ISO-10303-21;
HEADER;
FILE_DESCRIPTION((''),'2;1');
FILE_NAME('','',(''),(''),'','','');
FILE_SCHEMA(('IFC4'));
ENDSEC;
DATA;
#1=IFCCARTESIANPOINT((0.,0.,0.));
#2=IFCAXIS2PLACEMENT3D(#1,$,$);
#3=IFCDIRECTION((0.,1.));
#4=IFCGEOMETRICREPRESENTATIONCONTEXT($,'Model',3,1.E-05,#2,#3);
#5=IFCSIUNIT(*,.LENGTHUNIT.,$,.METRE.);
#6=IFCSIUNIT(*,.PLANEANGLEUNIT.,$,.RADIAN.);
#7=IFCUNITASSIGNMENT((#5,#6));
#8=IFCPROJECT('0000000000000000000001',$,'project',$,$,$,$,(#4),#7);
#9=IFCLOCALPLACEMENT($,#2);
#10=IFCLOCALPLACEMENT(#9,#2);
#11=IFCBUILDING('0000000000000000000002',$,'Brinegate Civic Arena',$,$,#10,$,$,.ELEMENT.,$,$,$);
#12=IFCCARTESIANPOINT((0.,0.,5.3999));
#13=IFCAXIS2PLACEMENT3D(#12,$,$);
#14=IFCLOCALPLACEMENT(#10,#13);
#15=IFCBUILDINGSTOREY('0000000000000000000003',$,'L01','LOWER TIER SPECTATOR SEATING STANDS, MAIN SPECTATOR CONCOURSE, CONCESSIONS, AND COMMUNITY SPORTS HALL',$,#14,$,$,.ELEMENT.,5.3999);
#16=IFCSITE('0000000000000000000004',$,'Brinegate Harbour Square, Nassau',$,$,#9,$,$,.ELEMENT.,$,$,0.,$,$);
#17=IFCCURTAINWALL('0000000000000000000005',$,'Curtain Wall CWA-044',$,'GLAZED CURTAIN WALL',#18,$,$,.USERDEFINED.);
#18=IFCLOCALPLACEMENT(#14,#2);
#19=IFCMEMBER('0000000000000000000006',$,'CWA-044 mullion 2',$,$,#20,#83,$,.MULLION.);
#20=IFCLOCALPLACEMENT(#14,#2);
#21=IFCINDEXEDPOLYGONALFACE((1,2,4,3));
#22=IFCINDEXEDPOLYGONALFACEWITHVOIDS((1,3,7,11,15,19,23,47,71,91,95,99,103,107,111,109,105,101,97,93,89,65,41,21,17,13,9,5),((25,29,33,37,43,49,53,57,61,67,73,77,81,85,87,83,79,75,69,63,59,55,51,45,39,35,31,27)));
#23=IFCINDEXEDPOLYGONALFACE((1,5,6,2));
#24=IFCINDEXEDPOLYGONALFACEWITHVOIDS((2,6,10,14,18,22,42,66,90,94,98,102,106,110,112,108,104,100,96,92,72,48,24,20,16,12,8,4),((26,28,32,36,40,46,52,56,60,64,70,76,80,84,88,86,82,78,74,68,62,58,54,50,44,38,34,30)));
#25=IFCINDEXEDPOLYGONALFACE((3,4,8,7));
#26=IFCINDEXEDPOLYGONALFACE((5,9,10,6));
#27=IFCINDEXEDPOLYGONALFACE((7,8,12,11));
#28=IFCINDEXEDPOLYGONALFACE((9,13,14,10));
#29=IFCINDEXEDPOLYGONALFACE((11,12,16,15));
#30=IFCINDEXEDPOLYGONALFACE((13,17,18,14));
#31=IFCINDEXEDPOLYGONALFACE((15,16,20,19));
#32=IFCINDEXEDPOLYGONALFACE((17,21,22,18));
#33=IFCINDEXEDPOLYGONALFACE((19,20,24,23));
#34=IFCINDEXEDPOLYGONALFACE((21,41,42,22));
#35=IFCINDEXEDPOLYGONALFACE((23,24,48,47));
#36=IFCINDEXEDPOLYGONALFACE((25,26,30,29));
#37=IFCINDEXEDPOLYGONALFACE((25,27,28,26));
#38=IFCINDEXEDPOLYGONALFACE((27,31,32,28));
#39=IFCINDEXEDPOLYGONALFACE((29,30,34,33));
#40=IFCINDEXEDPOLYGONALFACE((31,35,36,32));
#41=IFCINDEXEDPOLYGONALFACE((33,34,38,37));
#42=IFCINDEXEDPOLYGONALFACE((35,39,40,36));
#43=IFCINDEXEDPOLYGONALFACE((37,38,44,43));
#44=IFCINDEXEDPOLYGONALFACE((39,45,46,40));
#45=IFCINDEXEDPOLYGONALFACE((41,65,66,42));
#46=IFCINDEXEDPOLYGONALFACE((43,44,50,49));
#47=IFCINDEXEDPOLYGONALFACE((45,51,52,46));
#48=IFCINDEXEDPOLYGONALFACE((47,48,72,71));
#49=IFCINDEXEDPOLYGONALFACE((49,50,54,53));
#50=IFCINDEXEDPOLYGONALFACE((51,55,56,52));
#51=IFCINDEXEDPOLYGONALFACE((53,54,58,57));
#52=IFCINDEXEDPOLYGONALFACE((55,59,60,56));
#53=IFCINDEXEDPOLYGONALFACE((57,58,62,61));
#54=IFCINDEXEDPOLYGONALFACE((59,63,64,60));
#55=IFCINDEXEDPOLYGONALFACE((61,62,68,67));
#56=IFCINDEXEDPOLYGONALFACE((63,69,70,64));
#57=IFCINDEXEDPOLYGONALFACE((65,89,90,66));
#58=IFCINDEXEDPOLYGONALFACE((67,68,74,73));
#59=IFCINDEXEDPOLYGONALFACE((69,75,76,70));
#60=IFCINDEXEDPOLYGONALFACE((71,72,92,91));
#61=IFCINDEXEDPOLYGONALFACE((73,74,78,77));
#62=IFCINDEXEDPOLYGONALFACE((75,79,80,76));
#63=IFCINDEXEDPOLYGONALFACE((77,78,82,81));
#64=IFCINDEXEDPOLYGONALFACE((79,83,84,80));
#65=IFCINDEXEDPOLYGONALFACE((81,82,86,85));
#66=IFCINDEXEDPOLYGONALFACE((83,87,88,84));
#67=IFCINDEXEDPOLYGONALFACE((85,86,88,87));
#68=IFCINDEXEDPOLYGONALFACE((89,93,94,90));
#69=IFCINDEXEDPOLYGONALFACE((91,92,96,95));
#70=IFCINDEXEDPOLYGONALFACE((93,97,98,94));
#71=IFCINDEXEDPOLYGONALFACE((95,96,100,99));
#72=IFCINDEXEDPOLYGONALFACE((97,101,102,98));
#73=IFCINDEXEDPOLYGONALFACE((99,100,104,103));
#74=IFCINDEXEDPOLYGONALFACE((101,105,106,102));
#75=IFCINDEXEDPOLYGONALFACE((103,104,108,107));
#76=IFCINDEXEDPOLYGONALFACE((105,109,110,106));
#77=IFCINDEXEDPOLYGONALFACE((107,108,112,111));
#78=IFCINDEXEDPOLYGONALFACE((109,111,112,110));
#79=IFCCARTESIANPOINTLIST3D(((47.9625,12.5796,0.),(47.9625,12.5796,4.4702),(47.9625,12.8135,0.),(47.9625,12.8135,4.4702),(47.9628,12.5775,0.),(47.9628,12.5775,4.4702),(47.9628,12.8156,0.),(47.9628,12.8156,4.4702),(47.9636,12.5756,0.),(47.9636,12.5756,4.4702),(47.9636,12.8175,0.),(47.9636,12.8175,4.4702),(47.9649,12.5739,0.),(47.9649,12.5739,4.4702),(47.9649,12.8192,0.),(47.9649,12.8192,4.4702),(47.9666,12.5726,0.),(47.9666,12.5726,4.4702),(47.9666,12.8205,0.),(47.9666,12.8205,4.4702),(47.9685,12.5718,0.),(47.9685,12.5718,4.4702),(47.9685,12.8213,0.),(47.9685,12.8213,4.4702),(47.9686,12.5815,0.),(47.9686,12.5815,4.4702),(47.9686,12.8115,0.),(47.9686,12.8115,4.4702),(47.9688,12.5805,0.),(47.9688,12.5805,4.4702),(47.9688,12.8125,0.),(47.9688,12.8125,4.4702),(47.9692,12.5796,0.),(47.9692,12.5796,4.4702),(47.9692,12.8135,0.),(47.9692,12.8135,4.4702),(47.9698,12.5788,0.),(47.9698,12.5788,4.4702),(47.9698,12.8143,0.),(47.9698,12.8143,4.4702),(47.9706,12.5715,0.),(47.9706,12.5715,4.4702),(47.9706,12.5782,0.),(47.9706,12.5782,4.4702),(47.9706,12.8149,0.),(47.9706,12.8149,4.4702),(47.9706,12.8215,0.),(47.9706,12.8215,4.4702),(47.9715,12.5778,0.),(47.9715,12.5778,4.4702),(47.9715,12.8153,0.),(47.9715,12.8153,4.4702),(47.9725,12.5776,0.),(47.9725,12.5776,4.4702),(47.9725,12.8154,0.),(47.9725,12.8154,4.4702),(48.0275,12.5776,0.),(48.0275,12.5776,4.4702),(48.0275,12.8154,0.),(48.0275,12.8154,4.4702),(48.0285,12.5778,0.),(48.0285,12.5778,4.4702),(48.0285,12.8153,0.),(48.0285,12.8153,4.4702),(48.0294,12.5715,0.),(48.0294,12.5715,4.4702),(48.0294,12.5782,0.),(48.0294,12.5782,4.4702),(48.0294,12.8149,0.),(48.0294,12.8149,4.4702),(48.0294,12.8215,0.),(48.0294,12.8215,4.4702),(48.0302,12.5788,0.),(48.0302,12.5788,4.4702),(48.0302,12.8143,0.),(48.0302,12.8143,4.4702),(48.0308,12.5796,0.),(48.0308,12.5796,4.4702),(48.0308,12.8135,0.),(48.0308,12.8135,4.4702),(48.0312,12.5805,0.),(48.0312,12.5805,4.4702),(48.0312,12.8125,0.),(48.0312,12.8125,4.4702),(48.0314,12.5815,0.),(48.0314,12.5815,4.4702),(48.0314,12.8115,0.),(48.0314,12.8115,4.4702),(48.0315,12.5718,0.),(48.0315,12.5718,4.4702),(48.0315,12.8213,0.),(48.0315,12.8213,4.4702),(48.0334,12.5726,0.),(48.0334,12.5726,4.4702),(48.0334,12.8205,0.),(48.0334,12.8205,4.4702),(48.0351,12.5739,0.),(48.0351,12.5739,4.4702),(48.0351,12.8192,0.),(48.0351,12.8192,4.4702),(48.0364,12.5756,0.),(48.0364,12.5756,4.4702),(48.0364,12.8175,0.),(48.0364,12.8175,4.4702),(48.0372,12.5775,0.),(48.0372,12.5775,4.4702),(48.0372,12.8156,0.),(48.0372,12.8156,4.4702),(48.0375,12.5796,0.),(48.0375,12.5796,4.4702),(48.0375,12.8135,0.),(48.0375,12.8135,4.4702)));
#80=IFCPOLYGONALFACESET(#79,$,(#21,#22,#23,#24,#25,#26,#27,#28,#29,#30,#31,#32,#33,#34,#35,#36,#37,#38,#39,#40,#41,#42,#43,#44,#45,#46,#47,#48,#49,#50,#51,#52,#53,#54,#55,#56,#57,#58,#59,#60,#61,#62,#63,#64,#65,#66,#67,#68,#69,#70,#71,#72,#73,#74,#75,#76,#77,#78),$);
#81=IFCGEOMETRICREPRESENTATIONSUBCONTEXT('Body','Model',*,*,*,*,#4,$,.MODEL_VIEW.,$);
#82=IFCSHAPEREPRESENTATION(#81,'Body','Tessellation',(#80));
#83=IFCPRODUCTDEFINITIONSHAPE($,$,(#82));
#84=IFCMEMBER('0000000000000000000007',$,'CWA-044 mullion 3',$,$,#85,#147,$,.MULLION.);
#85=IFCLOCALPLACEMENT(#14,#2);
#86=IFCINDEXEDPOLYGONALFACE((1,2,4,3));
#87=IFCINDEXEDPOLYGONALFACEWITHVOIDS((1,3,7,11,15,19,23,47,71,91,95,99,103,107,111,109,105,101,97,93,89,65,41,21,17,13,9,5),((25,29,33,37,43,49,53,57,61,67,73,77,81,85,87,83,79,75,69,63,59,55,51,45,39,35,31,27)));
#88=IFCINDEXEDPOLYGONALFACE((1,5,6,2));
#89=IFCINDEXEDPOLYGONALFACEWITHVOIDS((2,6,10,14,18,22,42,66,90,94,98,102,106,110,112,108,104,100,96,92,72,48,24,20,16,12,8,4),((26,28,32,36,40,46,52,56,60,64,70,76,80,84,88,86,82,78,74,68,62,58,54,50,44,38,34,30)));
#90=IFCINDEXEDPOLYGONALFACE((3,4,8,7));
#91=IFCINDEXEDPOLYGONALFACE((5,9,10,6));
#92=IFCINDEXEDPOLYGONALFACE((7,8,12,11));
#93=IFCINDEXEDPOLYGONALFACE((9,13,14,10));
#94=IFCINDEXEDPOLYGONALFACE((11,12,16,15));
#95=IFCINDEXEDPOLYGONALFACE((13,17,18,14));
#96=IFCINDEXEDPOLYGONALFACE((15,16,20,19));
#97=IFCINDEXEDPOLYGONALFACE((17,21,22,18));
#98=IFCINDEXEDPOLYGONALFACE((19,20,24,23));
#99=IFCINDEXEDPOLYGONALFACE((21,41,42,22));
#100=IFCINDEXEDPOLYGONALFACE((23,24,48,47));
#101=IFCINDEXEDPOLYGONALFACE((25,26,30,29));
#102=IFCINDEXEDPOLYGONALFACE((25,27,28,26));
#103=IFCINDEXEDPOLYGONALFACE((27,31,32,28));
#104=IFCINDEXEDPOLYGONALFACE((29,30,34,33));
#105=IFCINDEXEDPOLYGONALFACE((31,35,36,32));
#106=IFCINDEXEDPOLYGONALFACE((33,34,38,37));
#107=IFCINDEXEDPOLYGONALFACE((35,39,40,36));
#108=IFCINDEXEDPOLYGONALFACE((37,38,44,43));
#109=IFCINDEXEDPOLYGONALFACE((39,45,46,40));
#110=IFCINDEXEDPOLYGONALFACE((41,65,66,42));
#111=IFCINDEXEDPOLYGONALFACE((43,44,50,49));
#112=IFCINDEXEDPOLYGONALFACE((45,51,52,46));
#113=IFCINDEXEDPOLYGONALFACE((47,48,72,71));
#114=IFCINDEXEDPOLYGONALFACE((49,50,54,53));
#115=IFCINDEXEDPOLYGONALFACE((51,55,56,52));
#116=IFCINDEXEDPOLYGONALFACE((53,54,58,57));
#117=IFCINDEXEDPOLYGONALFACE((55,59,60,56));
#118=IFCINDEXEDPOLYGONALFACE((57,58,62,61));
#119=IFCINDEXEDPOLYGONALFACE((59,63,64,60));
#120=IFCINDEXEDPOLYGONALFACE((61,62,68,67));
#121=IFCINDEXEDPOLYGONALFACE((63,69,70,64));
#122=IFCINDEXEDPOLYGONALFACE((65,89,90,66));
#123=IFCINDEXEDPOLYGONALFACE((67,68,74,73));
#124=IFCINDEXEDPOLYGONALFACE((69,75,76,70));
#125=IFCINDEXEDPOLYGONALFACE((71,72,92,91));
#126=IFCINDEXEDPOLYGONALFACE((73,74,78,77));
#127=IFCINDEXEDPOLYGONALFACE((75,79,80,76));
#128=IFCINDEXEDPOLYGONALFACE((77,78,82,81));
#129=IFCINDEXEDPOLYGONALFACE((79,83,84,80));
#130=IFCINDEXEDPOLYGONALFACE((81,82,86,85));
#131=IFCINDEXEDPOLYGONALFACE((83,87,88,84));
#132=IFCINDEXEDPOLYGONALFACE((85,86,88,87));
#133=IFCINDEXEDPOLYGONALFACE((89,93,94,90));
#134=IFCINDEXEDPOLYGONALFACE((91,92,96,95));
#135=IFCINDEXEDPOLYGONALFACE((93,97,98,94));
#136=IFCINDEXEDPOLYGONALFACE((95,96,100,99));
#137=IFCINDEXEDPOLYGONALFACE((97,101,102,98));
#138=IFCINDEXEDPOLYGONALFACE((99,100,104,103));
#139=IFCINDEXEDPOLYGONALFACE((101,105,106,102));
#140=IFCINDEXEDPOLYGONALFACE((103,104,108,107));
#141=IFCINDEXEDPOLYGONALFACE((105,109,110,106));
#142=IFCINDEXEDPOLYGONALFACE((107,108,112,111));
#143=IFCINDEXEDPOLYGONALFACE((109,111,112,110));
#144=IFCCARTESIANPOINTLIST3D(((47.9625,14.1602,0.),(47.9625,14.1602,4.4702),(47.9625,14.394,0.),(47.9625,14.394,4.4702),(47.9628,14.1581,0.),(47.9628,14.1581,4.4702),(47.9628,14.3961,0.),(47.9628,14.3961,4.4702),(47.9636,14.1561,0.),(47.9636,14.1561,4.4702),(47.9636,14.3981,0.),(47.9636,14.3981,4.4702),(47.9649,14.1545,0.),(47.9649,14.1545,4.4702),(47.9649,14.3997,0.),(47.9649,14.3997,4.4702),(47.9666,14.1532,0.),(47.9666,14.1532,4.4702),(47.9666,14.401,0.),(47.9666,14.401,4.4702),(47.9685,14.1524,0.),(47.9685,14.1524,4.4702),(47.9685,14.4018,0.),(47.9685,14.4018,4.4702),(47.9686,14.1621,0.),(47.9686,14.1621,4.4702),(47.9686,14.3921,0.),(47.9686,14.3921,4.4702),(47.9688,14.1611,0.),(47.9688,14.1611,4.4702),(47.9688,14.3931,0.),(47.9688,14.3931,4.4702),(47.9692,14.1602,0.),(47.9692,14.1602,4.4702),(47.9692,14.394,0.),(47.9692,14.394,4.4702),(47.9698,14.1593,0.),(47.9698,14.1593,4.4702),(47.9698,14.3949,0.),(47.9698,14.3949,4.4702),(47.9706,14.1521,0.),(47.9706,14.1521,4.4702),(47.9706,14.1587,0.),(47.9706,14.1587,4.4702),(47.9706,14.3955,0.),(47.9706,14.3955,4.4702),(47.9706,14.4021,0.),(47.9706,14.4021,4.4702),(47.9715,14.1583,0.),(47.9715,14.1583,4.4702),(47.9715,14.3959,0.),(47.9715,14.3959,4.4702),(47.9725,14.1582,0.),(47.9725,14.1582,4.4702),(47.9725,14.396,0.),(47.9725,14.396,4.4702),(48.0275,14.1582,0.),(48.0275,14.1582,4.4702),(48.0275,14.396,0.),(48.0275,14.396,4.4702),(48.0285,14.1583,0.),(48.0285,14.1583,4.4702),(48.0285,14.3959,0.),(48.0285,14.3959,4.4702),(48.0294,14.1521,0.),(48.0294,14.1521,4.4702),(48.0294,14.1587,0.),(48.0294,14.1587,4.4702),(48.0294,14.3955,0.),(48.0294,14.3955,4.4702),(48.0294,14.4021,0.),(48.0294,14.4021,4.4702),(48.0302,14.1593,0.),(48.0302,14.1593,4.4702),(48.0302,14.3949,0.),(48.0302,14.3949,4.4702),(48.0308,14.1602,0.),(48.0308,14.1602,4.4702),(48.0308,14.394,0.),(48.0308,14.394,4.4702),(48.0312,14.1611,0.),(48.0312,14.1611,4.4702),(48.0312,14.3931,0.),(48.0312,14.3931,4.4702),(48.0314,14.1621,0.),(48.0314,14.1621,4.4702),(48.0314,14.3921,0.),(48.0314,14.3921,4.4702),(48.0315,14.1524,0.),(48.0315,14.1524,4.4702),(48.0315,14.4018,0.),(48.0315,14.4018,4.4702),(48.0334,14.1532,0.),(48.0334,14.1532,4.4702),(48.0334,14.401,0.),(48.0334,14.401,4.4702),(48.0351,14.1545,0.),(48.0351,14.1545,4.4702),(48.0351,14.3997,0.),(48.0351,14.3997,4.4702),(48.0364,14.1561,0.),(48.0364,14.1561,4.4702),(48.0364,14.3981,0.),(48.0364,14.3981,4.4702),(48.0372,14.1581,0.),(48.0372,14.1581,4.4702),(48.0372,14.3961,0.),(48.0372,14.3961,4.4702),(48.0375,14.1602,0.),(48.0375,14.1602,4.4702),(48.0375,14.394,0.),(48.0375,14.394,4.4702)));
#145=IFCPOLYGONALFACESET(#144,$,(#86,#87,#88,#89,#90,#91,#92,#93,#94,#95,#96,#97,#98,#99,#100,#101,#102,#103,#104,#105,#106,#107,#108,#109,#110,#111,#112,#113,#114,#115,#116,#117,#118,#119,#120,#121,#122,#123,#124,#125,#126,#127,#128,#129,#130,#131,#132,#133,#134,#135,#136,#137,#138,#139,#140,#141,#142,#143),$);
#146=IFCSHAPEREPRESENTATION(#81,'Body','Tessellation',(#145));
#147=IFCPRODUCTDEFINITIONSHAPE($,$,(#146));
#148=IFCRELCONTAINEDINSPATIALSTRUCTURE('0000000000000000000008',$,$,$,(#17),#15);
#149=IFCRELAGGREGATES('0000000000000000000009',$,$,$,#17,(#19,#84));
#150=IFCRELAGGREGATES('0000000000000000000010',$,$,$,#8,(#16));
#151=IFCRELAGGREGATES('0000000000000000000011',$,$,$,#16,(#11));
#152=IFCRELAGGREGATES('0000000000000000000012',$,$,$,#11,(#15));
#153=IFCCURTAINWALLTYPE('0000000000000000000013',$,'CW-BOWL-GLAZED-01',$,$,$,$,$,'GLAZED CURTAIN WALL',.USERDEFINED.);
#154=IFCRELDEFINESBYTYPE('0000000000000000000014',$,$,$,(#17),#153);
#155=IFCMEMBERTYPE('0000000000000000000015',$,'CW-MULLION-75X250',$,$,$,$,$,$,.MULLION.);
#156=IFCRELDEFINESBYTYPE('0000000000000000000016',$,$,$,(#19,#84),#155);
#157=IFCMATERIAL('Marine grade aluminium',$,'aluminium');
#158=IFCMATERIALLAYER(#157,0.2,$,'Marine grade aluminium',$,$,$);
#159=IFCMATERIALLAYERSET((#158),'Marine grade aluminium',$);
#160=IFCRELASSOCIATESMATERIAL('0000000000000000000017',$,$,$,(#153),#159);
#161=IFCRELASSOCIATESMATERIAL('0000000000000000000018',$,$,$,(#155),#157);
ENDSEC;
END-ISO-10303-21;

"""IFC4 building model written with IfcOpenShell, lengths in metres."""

from ifc_helpers import new_model, si_unit, direction, frame, origin, origin_2d, place, context, subcontext, project, spatial, hollow_rectangle, extrude, material, layer, layer_set, material_profile, profile_set, type_object, element, aggregate, save


model = new_model("IFC4")

# Units and contexts
model_context = context("Model", 3, precision=1e-05, world=origin(), true_north=direction((0.0, 1.0)))
body_context = subcontext(model_context, "Body", "Model", "MODEL_VIEW")
ifc_project = project(units=[si_unit("LENGTHUNIT", "METRE"), si_unit("PLANEANGLEUNIT", "RADIAN")], contexts=[model_context])

# Site, building, storey
site_placement = place(None, origin())
site = spatial("IfcSite", under=ifc_project, at=site_placement, Name="Brinegate Harbour Square, Nassau", CompositionType="ELEMENT", RefElevation=0.0)
building_placement = place(site_placement, origin())
building = spatial("IfcBuilding", under=site, at=building_placement, Name="Brinegate Civic Arena", CompositionType="ELEMENT")
storey_placement = place(building_placement, frame((0.0, 0.0, 5.3999)))
storey = spatial("IfcBuildingStorey", under=building, at=storey_placement, Name="L01", Description="LOWER TIER SPECTATOR SEATING STANDS, MAIN SPECTATOR CONCOURSE, CONCESSIONS, AND COMMUNITY SPORTS HALL", CompositionType="ELEMENT", Elevation=5.3999)

# Curtain wall, members
ifc_material_1 = material(Name="Marine grade aluminium", Category="aluminium")
ifc_layer_1 = layer(ifc_material_1, 0.2, Name="Marine grade aluminium")
ifc_layer_set_1 = layer_set([ifc_layer_1], Name="Marine grade aluminium")
curtain_wall_type = type_object("IfcCurtainWallType", Name="CW-BOWL-GLAZED-01", ElementType="GLAZED CURTAIN WALL", PredefinedType="USERDEFINED", material=ifc_layer_set_1)
curtain_wall_placement = place(storey_placement, origin())
curtain_wall = element("IfcCurtainWall", 1, at=curtain_wall_placement, inside=storey, type_object=curtain_wall_type, Name="Curtain Wall CWA-044", ObjectType="GLAZED CURTAIN WALL", PredefinedType="USERDEFINED")
ifc_material_profile_1 = material_profile(ifc_material_1, hollow_rectangle(XDim=0.075, YDim=0.25, WallThickness=0.0061, InnerFilletRadius=0.0039, OuterFilletRadius=0.0081, at=origin_2d()), Name="MUL75X250")
ifc_profile_set_1 = profile_set([ifc_material_profile_1], Name="Marine grade aluminium")
member_type_1 = type_object("IfcMemberType", Name="CW-MULLION-75X250", PredefinedType="MULLION", material=ifc_profile_set_1)
member_1_placement = place(storey_placement, frame((48.0, 12.6965, 0.0), z_axis=(0.0, 0.0, 1.0), x_axis=(-1.0, 0.0, 0.0)))
member_1 = element("IfcMember", 2, at=member_1_placement, type_object=member_type_1, Name="CWA-044 mullion 2", PredefinedType="MULLION", context=body_context, shape_type="SweptSolid", body=[
    extrude(hollow_rectangle(XDim=0.075, YDim=0.25, WallThickness=0.0061, InnerFilletRadius=0.0039, OuterFilletRadius=0.0081, at=origin_2d()), origin(), (0.0, 0.0, 1.0), 4.4702),
])
member_2_placement = place(storey_placement, frame((48.0, 14.2771, 0.0), z_axis=(0.0, 0.0, 1.0), x_axis=(-1.0, 0.0, 0.0)))
member_2 = element("IfcMember", 3, at=member_2_placement, type_object=member_type_1, Name="CWA-044 mullion 3", PredefinedType="MULLION", context=body_context, shape_type="SweptSolid", body=[
    extrude(hollow_rectangle(XDim=0.075, YDim=0.25, WallThickness=0.0061, InnerFilletRadius=0.0039, OuterFilletRadius=0.0081, at=origin_2d()), origin(), (0.0, 0.0, 1.0), 4.4702),
])

aggregate(curtain_wall, [member_1, member_2])

save(model, "model.ifc")
